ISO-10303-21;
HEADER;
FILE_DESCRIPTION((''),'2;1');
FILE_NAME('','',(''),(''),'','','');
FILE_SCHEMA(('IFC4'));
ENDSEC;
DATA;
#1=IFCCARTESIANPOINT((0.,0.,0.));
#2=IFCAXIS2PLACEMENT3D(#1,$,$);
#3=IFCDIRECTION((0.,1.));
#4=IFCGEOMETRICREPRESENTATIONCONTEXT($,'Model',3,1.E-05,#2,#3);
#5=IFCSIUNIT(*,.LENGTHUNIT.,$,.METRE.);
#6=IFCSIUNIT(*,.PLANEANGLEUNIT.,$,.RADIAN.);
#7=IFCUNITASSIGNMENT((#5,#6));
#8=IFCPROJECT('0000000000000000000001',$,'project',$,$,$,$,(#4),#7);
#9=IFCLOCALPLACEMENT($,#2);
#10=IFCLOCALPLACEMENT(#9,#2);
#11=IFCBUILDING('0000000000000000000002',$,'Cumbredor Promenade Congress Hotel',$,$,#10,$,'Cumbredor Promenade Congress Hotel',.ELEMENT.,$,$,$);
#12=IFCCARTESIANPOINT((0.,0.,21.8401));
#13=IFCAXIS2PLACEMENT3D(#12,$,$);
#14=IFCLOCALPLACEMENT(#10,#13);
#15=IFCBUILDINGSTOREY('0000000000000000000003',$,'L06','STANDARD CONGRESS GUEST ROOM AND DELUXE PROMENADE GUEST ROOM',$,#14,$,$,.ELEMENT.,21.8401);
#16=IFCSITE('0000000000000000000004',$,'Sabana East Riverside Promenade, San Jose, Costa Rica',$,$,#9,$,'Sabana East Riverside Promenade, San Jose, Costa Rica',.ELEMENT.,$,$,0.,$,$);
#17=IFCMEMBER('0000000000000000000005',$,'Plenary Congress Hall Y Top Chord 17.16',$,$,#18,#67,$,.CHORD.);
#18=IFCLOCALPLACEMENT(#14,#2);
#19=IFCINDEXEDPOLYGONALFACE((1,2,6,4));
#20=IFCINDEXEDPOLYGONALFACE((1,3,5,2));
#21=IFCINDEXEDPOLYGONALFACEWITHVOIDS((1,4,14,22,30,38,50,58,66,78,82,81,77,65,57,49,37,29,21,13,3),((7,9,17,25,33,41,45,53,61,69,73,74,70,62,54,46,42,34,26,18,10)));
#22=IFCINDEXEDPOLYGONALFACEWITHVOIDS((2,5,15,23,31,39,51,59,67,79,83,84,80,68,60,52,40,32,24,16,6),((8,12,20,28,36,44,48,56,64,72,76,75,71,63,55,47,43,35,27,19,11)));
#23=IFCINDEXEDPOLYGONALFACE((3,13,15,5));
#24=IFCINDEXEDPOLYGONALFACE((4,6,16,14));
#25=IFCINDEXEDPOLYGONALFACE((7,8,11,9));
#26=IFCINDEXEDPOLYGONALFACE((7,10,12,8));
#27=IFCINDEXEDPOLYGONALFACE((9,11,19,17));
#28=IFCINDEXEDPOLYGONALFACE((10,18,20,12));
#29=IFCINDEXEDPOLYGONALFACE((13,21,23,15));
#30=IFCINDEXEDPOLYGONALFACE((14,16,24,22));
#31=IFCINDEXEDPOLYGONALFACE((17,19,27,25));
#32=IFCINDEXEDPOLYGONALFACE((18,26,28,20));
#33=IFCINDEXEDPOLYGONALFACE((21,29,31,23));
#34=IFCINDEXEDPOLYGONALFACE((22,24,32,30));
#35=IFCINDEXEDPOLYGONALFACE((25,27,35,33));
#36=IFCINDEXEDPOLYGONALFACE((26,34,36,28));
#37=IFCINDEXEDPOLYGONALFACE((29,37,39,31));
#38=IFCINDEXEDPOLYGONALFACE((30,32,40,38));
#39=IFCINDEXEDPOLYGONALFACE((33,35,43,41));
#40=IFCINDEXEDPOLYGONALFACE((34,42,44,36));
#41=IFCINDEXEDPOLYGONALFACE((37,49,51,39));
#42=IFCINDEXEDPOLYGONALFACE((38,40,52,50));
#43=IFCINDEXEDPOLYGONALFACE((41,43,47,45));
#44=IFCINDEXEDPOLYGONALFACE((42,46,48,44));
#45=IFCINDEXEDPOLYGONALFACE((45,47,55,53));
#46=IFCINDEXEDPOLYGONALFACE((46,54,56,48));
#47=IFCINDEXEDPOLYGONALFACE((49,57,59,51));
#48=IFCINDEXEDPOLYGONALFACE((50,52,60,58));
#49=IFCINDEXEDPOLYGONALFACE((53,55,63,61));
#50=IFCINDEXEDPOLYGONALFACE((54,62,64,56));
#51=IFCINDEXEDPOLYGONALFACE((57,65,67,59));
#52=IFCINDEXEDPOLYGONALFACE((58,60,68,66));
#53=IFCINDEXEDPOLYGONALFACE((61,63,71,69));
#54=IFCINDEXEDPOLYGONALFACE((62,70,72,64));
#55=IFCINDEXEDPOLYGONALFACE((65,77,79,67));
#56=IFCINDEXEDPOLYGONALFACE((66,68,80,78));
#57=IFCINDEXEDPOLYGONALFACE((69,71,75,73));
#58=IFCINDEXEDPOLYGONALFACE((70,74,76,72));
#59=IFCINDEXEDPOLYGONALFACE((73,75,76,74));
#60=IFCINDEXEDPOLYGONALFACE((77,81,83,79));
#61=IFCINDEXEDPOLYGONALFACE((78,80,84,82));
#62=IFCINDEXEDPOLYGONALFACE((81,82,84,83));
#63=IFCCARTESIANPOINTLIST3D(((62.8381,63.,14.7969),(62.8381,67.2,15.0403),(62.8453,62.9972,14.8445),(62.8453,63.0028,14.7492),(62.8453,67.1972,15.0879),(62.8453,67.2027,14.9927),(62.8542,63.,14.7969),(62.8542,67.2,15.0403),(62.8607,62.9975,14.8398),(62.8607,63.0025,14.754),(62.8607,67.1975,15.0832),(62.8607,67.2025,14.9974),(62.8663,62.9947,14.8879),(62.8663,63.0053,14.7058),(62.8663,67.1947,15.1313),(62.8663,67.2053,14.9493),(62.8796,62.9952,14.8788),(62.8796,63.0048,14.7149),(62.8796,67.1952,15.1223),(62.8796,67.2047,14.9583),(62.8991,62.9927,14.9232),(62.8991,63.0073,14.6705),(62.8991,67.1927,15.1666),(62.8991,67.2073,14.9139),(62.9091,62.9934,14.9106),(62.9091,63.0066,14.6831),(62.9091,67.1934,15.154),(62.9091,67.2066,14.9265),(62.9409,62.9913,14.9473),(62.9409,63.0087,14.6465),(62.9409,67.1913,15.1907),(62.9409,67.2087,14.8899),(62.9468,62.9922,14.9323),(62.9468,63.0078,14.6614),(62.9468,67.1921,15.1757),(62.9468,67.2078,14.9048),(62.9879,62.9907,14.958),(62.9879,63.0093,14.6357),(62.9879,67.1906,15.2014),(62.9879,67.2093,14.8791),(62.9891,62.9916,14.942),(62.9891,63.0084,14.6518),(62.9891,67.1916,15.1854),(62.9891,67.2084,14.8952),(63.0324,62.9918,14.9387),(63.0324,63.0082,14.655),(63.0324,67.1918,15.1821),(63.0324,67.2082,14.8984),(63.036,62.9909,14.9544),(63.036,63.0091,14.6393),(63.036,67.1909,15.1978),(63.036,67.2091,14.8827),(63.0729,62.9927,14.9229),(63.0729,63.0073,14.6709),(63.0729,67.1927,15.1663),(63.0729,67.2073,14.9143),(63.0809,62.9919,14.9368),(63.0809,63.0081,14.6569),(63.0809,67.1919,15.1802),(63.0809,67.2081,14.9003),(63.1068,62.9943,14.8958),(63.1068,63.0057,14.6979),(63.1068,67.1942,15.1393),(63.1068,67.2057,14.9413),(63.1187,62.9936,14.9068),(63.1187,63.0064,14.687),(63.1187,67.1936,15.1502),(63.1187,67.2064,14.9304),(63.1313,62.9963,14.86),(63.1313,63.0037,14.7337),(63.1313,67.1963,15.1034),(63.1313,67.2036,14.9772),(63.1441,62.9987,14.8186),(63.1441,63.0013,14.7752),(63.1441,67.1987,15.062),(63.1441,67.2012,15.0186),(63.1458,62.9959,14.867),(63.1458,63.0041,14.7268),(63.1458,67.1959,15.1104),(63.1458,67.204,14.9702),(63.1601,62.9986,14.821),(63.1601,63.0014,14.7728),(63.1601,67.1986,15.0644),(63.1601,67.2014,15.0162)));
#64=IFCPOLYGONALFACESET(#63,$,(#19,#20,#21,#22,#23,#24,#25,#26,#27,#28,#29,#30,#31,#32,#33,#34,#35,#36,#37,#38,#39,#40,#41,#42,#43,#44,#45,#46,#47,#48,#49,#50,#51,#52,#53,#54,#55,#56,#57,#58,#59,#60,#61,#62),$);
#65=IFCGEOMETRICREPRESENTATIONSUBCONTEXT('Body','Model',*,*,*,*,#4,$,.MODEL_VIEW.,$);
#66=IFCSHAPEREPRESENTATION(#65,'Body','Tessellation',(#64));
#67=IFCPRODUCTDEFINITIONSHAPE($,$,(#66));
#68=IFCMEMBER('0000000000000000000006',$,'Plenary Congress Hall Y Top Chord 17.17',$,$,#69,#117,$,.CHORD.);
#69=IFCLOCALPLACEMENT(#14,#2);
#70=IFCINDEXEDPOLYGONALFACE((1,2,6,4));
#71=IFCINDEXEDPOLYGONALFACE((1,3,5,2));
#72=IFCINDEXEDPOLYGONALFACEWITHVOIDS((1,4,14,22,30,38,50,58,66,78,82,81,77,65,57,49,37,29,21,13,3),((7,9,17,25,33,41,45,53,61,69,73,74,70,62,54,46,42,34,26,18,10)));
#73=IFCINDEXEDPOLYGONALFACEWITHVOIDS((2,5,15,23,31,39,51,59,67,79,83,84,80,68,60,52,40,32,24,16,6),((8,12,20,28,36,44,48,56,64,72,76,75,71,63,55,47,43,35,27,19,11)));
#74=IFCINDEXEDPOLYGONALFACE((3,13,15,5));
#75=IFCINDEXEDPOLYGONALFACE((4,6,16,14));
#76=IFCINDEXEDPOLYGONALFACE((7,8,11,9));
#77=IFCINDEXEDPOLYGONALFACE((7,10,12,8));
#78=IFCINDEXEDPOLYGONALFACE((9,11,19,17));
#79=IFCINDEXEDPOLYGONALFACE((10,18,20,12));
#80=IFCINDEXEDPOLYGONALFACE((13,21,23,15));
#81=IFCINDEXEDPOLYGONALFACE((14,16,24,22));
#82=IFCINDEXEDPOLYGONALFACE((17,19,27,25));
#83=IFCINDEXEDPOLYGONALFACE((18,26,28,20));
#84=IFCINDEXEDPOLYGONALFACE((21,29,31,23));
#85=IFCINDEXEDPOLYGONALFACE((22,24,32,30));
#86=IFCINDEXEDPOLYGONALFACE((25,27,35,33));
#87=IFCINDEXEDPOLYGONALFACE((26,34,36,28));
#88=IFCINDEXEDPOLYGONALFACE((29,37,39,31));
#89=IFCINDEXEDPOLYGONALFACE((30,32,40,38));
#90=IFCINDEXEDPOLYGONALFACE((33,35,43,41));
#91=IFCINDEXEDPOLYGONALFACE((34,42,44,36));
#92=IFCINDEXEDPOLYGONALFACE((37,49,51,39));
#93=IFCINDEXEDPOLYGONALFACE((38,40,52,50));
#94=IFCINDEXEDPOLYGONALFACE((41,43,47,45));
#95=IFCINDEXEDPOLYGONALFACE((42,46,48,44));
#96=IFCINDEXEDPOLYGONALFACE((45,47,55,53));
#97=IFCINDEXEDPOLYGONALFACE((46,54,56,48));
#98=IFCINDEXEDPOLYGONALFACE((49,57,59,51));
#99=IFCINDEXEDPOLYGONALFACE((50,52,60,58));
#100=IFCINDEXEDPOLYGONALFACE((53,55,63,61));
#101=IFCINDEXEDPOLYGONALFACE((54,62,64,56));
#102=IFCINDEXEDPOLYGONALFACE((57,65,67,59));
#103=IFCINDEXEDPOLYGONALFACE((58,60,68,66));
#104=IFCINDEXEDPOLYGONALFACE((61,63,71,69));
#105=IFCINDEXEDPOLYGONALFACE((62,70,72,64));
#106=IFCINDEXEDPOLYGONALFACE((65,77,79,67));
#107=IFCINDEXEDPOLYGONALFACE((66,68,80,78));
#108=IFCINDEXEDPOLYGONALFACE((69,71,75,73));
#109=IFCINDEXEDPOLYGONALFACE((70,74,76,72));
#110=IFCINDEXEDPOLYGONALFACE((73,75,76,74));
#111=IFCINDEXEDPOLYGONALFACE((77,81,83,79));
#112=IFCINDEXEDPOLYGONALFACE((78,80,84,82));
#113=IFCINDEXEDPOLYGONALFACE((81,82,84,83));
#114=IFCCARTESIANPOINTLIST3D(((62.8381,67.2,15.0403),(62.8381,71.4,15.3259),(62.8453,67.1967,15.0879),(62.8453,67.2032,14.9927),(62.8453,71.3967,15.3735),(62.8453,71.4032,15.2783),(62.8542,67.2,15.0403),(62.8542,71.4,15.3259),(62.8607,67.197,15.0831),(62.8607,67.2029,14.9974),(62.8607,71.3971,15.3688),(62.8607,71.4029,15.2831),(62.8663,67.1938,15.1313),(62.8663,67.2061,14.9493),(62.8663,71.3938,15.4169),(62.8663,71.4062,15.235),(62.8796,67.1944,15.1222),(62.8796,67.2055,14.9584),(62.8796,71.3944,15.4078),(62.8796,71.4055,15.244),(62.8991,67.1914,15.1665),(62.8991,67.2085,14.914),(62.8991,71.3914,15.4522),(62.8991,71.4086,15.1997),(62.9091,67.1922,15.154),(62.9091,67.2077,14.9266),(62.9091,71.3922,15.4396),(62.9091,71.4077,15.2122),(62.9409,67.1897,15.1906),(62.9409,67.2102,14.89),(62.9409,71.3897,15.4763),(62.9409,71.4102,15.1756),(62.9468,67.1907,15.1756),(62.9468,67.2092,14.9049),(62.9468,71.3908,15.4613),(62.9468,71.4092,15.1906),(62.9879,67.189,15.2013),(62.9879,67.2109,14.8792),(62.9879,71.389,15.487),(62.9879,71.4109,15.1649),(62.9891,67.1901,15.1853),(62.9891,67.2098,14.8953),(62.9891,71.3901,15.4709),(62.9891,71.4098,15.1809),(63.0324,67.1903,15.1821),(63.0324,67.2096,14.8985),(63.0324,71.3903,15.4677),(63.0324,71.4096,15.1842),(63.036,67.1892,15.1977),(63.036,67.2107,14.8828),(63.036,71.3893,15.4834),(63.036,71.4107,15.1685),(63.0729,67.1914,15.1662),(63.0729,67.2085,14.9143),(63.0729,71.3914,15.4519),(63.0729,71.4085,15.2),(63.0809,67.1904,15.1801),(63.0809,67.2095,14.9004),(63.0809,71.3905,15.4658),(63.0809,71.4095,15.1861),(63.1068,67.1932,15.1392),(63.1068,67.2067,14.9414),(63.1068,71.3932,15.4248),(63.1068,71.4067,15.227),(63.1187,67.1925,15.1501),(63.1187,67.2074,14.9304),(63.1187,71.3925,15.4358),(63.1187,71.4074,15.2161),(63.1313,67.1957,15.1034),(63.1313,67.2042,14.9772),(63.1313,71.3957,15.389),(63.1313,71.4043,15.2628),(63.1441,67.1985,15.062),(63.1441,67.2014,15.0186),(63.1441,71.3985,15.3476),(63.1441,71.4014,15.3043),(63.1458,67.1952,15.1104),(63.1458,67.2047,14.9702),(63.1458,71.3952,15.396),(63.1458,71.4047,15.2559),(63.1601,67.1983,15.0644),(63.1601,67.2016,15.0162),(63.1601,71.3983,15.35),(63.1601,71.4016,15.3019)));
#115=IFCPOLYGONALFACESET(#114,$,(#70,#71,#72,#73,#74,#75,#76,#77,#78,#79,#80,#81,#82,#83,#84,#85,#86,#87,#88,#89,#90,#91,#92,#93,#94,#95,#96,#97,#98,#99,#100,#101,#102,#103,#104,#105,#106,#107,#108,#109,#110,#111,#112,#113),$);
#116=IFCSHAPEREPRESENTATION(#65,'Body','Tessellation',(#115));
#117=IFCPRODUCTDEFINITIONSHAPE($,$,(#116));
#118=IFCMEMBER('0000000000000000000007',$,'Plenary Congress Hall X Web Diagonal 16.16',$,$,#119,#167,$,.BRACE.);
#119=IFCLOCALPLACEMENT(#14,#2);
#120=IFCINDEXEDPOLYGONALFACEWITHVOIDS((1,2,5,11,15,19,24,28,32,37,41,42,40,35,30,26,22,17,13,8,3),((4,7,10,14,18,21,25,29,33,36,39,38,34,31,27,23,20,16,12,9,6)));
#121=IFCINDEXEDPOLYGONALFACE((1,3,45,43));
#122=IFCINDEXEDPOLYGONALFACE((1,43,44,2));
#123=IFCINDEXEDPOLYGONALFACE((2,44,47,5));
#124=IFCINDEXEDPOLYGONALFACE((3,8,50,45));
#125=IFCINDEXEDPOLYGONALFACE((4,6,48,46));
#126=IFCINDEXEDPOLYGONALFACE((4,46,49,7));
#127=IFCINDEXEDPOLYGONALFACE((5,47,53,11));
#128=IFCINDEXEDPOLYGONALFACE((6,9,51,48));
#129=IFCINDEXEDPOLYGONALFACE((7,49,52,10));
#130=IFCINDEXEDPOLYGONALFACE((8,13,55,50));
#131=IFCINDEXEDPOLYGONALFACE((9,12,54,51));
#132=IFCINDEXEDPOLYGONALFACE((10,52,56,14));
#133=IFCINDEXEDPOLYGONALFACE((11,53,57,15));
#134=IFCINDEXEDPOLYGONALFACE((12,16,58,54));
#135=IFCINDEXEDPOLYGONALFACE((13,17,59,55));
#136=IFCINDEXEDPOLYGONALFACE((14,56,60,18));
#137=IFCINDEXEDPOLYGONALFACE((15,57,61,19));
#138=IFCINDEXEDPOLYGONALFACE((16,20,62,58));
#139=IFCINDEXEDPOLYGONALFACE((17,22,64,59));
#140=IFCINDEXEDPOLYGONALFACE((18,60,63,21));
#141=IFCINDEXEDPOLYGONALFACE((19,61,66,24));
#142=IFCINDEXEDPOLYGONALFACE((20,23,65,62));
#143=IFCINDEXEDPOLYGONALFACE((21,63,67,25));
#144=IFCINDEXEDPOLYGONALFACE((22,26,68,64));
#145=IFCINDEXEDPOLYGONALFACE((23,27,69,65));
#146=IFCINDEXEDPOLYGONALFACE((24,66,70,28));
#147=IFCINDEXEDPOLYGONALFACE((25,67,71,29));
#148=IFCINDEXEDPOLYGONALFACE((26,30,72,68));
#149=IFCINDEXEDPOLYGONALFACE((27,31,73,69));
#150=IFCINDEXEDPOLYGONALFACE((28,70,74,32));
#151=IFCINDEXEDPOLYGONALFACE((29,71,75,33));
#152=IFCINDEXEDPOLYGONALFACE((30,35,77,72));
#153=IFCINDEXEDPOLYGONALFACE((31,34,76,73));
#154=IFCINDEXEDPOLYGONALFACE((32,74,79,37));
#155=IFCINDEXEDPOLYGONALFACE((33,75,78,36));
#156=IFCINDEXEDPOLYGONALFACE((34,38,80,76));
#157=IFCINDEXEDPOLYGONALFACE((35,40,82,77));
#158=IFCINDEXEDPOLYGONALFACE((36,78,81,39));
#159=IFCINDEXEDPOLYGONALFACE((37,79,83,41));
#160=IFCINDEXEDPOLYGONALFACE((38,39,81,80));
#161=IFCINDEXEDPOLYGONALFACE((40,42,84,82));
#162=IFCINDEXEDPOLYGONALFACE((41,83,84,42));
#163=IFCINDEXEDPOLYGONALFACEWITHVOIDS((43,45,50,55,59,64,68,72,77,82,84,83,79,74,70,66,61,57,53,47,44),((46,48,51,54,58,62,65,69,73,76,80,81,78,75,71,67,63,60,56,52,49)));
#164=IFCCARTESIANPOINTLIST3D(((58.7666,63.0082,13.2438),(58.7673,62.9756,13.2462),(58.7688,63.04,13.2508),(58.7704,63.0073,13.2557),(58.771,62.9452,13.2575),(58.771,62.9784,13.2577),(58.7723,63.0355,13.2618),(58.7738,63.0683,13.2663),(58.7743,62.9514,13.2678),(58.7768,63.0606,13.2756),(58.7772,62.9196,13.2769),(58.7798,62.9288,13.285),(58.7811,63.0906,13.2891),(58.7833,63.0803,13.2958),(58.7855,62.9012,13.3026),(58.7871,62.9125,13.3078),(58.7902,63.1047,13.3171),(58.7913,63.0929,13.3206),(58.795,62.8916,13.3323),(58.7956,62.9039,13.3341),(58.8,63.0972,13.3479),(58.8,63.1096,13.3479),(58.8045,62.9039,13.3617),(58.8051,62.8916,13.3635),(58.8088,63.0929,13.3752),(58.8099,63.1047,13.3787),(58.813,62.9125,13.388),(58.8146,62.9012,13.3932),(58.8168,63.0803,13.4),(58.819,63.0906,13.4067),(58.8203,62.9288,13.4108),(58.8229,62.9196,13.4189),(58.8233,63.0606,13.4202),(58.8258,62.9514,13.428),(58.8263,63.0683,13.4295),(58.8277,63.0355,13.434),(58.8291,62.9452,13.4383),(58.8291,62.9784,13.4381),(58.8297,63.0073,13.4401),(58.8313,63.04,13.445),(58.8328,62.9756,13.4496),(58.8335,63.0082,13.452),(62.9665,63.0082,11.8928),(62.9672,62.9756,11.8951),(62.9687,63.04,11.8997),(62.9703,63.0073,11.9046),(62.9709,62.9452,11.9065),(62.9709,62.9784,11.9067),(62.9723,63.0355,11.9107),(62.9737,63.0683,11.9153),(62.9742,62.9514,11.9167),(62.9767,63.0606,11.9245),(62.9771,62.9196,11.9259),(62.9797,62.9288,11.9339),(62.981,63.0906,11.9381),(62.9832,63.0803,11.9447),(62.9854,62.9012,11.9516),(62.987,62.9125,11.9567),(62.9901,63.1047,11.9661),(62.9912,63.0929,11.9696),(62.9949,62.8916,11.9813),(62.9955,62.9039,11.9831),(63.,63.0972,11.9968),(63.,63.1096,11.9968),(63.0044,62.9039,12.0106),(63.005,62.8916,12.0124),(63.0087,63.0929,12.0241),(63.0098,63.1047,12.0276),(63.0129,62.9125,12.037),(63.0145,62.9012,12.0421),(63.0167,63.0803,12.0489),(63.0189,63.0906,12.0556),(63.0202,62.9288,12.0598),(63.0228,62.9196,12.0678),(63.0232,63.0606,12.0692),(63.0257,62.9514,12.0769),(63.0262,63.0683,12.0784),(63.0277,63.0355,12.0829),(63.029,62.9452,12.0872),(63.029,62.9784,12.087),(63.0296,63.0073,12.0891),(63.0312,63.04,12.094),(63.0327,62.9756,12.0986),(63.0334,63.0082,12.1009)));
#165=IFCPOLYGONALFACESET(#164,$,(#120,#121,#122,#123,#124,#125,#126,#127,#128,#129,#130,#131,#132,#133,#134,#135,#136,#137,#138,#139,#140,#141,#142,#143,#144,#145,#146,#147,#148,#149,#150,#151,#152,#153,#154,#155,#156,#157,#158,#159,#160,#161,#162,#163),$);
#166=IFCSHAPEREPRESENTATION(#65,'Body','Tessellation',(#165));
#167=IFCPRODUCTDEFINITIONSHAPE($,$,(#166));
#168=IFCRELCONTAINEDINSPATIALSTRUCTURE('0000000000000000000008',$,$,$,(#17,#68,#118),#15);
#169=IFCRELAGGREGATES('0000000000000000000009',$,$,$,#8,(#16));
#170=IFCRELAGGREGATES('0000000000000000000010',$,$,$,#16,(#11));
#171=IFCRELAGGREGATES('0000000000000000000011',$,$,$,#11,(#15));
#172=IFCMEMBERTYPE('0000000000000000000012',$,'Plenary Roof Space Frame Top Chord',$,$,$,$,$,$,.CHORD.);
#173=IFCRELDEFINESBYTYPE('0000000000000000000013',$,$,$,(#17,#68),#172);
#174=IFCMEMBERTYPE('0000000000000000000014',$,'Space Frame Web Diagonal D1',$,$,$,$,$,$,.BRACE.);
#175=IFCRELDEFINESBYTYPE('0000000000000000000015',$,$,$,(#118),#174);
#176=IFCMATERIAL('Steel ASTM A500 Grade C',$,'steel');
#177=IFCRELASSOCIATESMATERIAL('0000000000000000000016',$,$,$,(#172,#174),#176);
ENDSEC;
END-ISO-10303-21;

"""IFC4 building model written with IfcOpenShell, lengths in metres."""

from ifc_helpers import new_model, si_unit, direction, frame, origin, origin_2d, place, context, subcontext, project, spatial, hollow_circle, extrude, material, material_profile, profile_set, type_object, element, save


model = new_model("IFC4")

# Units and contexts
model_context = context("Model", 3, precision=1e-05, world=origin(), true_north=direction((0.0, 1.0)))
body_context = subcontext(model_context, "Body", "Model", "MODEL_VIEW")
ifc_project = project(units=[si_unit("LENGTHUNIT", "METRE"), si_unit("PLANEANGLEUNIT", "RADIAN")], contexts=[model_context])

# Site, building, storey
site_placement = place(None, origin())
site = spatial("IfcSite", under=ifc_project, at=site_placement, Name="Sabana East Riverside Promenade, San Jose, Costa Rica", LongName="Sabana East Riverside Promenade, San Jose, Costa Rica", CompositionType="ELEMENT", RefElevation=0.0)
building_placement = place(site_placement, origin())
building = spatial("IfcBuilding", under=site, at=building_placement, Name="Cumbredor Promenade Congress Hotel", LongName="Cumbredor Promenade Congress Hotel", CompositionType="ELEMENT")
storey_placement = place(building_placement, frame((0.0, 0.0, 21.8401)))
storey = spatial("IfcBuildingStorey", under=building, at=storey_placement, Name="L06", Description="STANDARD CONGRESS GUEST ROOM AND DELUXE PROMENADE GUEST ROOM", CompositionType="ELEMENT", Elevation=21.8401)

# Members
ifc_material_1 = material(Name="Steel ASTM A500 Grade C", Category="steel")
ifc_material_profile_1 = material_profile(ifc_material_1, hollow_circle(Radius=0.1619, WallThickness=0.0161, at=origin_2d()), Name="CHS 323.9x16")
ifc_profile_set_1 = profile_set([ifc_material_profile_1], Name="Steel ASTM A500 Grade C")
member_type_1 = type_object("IfcMemberType", Name="Plenary Roof Space Frame Top Chord", PredefinedType="CHORD", material=ifc_profile_set_1)
member_1_placement = place(storey_placement, frame((63.0, 63.0, 14.7969), z_axis=(0.0, 0.998325, 0.057858), x_axis=(-1.0, 0.0, 0.0)))
element("IfcMember", 1, at=member_1_placement, inside=storey, type_object=member_type_1, Name="Plenary Congress Hall Y Top Chord 17.16", PredefinedType="CHORD", context=body_context, shape_type="SweptSolid", body=[
    extrude(hollow_circle(Radius=0.1619, WallThickness=0.0161, at=origin_2d()), origin(), (0.0, 0.0, 1.0), 4.207),
])
member_2_placement = place(storey_placement, frame((63.0, 67.2, 15.0403), z_axis=(0.0, 0.997695, 0.067855), x_axis=(-1.0, 0.0, 0.0)))
element("IfcMember", 2, at=member_2_placement, inside=storey, type_object=member_type_1, Name="Plenary Congress Hall Y Top Chord 17.17", PredefinedType="CHORD", context=body_context, shape_type="SweptSolid", body=[
    extrude(hollow_circle(Radius=0.1619, WallThickness=0.0161, at=origin_2d()), origin(), (0.0, 0.0, 1.0), 4.2097),
])
ifc_material_profile_2 = material_profile(ifc_material_1, hollow_circle(Radius=0.1096, WallThickness=0.0125, at=origin_2d()), Name="CHS 219.1x12.5")
ifc_profile_set_2 = profile_set([ifc_material_profile_2], Name="Steel ASTM A500 Grade C")
member_type_2 = type_object("IfcMemberType", Name="Space Frame Web Diagonal D1", PredefinedType="BRACE", material=ifc_profile_set_2)
member_3_placement = place(storey_placement, frame((58.8, 63.0, 13.3479), z_axis=(0.951957, 0.0, -0.306233), x_axis=(0.0, 1.0, 0.0)))
element("IfcMember", 3, at=member_3_placement, inside=storey, type_object=member_type_2, Name="Plenary Congress Hall X Web Diagonal 16.16", PredefinedType="BRACE", context=body_context, shape_type="SweptSolid", body=[
    extrude(hollow_circle(Radius=0.1096, WallThickness=0.0125, at=origin_2d()), origin(), (0.0, 0.0, 1.0), 4.4119),
])

save(model, "model.ifc")
